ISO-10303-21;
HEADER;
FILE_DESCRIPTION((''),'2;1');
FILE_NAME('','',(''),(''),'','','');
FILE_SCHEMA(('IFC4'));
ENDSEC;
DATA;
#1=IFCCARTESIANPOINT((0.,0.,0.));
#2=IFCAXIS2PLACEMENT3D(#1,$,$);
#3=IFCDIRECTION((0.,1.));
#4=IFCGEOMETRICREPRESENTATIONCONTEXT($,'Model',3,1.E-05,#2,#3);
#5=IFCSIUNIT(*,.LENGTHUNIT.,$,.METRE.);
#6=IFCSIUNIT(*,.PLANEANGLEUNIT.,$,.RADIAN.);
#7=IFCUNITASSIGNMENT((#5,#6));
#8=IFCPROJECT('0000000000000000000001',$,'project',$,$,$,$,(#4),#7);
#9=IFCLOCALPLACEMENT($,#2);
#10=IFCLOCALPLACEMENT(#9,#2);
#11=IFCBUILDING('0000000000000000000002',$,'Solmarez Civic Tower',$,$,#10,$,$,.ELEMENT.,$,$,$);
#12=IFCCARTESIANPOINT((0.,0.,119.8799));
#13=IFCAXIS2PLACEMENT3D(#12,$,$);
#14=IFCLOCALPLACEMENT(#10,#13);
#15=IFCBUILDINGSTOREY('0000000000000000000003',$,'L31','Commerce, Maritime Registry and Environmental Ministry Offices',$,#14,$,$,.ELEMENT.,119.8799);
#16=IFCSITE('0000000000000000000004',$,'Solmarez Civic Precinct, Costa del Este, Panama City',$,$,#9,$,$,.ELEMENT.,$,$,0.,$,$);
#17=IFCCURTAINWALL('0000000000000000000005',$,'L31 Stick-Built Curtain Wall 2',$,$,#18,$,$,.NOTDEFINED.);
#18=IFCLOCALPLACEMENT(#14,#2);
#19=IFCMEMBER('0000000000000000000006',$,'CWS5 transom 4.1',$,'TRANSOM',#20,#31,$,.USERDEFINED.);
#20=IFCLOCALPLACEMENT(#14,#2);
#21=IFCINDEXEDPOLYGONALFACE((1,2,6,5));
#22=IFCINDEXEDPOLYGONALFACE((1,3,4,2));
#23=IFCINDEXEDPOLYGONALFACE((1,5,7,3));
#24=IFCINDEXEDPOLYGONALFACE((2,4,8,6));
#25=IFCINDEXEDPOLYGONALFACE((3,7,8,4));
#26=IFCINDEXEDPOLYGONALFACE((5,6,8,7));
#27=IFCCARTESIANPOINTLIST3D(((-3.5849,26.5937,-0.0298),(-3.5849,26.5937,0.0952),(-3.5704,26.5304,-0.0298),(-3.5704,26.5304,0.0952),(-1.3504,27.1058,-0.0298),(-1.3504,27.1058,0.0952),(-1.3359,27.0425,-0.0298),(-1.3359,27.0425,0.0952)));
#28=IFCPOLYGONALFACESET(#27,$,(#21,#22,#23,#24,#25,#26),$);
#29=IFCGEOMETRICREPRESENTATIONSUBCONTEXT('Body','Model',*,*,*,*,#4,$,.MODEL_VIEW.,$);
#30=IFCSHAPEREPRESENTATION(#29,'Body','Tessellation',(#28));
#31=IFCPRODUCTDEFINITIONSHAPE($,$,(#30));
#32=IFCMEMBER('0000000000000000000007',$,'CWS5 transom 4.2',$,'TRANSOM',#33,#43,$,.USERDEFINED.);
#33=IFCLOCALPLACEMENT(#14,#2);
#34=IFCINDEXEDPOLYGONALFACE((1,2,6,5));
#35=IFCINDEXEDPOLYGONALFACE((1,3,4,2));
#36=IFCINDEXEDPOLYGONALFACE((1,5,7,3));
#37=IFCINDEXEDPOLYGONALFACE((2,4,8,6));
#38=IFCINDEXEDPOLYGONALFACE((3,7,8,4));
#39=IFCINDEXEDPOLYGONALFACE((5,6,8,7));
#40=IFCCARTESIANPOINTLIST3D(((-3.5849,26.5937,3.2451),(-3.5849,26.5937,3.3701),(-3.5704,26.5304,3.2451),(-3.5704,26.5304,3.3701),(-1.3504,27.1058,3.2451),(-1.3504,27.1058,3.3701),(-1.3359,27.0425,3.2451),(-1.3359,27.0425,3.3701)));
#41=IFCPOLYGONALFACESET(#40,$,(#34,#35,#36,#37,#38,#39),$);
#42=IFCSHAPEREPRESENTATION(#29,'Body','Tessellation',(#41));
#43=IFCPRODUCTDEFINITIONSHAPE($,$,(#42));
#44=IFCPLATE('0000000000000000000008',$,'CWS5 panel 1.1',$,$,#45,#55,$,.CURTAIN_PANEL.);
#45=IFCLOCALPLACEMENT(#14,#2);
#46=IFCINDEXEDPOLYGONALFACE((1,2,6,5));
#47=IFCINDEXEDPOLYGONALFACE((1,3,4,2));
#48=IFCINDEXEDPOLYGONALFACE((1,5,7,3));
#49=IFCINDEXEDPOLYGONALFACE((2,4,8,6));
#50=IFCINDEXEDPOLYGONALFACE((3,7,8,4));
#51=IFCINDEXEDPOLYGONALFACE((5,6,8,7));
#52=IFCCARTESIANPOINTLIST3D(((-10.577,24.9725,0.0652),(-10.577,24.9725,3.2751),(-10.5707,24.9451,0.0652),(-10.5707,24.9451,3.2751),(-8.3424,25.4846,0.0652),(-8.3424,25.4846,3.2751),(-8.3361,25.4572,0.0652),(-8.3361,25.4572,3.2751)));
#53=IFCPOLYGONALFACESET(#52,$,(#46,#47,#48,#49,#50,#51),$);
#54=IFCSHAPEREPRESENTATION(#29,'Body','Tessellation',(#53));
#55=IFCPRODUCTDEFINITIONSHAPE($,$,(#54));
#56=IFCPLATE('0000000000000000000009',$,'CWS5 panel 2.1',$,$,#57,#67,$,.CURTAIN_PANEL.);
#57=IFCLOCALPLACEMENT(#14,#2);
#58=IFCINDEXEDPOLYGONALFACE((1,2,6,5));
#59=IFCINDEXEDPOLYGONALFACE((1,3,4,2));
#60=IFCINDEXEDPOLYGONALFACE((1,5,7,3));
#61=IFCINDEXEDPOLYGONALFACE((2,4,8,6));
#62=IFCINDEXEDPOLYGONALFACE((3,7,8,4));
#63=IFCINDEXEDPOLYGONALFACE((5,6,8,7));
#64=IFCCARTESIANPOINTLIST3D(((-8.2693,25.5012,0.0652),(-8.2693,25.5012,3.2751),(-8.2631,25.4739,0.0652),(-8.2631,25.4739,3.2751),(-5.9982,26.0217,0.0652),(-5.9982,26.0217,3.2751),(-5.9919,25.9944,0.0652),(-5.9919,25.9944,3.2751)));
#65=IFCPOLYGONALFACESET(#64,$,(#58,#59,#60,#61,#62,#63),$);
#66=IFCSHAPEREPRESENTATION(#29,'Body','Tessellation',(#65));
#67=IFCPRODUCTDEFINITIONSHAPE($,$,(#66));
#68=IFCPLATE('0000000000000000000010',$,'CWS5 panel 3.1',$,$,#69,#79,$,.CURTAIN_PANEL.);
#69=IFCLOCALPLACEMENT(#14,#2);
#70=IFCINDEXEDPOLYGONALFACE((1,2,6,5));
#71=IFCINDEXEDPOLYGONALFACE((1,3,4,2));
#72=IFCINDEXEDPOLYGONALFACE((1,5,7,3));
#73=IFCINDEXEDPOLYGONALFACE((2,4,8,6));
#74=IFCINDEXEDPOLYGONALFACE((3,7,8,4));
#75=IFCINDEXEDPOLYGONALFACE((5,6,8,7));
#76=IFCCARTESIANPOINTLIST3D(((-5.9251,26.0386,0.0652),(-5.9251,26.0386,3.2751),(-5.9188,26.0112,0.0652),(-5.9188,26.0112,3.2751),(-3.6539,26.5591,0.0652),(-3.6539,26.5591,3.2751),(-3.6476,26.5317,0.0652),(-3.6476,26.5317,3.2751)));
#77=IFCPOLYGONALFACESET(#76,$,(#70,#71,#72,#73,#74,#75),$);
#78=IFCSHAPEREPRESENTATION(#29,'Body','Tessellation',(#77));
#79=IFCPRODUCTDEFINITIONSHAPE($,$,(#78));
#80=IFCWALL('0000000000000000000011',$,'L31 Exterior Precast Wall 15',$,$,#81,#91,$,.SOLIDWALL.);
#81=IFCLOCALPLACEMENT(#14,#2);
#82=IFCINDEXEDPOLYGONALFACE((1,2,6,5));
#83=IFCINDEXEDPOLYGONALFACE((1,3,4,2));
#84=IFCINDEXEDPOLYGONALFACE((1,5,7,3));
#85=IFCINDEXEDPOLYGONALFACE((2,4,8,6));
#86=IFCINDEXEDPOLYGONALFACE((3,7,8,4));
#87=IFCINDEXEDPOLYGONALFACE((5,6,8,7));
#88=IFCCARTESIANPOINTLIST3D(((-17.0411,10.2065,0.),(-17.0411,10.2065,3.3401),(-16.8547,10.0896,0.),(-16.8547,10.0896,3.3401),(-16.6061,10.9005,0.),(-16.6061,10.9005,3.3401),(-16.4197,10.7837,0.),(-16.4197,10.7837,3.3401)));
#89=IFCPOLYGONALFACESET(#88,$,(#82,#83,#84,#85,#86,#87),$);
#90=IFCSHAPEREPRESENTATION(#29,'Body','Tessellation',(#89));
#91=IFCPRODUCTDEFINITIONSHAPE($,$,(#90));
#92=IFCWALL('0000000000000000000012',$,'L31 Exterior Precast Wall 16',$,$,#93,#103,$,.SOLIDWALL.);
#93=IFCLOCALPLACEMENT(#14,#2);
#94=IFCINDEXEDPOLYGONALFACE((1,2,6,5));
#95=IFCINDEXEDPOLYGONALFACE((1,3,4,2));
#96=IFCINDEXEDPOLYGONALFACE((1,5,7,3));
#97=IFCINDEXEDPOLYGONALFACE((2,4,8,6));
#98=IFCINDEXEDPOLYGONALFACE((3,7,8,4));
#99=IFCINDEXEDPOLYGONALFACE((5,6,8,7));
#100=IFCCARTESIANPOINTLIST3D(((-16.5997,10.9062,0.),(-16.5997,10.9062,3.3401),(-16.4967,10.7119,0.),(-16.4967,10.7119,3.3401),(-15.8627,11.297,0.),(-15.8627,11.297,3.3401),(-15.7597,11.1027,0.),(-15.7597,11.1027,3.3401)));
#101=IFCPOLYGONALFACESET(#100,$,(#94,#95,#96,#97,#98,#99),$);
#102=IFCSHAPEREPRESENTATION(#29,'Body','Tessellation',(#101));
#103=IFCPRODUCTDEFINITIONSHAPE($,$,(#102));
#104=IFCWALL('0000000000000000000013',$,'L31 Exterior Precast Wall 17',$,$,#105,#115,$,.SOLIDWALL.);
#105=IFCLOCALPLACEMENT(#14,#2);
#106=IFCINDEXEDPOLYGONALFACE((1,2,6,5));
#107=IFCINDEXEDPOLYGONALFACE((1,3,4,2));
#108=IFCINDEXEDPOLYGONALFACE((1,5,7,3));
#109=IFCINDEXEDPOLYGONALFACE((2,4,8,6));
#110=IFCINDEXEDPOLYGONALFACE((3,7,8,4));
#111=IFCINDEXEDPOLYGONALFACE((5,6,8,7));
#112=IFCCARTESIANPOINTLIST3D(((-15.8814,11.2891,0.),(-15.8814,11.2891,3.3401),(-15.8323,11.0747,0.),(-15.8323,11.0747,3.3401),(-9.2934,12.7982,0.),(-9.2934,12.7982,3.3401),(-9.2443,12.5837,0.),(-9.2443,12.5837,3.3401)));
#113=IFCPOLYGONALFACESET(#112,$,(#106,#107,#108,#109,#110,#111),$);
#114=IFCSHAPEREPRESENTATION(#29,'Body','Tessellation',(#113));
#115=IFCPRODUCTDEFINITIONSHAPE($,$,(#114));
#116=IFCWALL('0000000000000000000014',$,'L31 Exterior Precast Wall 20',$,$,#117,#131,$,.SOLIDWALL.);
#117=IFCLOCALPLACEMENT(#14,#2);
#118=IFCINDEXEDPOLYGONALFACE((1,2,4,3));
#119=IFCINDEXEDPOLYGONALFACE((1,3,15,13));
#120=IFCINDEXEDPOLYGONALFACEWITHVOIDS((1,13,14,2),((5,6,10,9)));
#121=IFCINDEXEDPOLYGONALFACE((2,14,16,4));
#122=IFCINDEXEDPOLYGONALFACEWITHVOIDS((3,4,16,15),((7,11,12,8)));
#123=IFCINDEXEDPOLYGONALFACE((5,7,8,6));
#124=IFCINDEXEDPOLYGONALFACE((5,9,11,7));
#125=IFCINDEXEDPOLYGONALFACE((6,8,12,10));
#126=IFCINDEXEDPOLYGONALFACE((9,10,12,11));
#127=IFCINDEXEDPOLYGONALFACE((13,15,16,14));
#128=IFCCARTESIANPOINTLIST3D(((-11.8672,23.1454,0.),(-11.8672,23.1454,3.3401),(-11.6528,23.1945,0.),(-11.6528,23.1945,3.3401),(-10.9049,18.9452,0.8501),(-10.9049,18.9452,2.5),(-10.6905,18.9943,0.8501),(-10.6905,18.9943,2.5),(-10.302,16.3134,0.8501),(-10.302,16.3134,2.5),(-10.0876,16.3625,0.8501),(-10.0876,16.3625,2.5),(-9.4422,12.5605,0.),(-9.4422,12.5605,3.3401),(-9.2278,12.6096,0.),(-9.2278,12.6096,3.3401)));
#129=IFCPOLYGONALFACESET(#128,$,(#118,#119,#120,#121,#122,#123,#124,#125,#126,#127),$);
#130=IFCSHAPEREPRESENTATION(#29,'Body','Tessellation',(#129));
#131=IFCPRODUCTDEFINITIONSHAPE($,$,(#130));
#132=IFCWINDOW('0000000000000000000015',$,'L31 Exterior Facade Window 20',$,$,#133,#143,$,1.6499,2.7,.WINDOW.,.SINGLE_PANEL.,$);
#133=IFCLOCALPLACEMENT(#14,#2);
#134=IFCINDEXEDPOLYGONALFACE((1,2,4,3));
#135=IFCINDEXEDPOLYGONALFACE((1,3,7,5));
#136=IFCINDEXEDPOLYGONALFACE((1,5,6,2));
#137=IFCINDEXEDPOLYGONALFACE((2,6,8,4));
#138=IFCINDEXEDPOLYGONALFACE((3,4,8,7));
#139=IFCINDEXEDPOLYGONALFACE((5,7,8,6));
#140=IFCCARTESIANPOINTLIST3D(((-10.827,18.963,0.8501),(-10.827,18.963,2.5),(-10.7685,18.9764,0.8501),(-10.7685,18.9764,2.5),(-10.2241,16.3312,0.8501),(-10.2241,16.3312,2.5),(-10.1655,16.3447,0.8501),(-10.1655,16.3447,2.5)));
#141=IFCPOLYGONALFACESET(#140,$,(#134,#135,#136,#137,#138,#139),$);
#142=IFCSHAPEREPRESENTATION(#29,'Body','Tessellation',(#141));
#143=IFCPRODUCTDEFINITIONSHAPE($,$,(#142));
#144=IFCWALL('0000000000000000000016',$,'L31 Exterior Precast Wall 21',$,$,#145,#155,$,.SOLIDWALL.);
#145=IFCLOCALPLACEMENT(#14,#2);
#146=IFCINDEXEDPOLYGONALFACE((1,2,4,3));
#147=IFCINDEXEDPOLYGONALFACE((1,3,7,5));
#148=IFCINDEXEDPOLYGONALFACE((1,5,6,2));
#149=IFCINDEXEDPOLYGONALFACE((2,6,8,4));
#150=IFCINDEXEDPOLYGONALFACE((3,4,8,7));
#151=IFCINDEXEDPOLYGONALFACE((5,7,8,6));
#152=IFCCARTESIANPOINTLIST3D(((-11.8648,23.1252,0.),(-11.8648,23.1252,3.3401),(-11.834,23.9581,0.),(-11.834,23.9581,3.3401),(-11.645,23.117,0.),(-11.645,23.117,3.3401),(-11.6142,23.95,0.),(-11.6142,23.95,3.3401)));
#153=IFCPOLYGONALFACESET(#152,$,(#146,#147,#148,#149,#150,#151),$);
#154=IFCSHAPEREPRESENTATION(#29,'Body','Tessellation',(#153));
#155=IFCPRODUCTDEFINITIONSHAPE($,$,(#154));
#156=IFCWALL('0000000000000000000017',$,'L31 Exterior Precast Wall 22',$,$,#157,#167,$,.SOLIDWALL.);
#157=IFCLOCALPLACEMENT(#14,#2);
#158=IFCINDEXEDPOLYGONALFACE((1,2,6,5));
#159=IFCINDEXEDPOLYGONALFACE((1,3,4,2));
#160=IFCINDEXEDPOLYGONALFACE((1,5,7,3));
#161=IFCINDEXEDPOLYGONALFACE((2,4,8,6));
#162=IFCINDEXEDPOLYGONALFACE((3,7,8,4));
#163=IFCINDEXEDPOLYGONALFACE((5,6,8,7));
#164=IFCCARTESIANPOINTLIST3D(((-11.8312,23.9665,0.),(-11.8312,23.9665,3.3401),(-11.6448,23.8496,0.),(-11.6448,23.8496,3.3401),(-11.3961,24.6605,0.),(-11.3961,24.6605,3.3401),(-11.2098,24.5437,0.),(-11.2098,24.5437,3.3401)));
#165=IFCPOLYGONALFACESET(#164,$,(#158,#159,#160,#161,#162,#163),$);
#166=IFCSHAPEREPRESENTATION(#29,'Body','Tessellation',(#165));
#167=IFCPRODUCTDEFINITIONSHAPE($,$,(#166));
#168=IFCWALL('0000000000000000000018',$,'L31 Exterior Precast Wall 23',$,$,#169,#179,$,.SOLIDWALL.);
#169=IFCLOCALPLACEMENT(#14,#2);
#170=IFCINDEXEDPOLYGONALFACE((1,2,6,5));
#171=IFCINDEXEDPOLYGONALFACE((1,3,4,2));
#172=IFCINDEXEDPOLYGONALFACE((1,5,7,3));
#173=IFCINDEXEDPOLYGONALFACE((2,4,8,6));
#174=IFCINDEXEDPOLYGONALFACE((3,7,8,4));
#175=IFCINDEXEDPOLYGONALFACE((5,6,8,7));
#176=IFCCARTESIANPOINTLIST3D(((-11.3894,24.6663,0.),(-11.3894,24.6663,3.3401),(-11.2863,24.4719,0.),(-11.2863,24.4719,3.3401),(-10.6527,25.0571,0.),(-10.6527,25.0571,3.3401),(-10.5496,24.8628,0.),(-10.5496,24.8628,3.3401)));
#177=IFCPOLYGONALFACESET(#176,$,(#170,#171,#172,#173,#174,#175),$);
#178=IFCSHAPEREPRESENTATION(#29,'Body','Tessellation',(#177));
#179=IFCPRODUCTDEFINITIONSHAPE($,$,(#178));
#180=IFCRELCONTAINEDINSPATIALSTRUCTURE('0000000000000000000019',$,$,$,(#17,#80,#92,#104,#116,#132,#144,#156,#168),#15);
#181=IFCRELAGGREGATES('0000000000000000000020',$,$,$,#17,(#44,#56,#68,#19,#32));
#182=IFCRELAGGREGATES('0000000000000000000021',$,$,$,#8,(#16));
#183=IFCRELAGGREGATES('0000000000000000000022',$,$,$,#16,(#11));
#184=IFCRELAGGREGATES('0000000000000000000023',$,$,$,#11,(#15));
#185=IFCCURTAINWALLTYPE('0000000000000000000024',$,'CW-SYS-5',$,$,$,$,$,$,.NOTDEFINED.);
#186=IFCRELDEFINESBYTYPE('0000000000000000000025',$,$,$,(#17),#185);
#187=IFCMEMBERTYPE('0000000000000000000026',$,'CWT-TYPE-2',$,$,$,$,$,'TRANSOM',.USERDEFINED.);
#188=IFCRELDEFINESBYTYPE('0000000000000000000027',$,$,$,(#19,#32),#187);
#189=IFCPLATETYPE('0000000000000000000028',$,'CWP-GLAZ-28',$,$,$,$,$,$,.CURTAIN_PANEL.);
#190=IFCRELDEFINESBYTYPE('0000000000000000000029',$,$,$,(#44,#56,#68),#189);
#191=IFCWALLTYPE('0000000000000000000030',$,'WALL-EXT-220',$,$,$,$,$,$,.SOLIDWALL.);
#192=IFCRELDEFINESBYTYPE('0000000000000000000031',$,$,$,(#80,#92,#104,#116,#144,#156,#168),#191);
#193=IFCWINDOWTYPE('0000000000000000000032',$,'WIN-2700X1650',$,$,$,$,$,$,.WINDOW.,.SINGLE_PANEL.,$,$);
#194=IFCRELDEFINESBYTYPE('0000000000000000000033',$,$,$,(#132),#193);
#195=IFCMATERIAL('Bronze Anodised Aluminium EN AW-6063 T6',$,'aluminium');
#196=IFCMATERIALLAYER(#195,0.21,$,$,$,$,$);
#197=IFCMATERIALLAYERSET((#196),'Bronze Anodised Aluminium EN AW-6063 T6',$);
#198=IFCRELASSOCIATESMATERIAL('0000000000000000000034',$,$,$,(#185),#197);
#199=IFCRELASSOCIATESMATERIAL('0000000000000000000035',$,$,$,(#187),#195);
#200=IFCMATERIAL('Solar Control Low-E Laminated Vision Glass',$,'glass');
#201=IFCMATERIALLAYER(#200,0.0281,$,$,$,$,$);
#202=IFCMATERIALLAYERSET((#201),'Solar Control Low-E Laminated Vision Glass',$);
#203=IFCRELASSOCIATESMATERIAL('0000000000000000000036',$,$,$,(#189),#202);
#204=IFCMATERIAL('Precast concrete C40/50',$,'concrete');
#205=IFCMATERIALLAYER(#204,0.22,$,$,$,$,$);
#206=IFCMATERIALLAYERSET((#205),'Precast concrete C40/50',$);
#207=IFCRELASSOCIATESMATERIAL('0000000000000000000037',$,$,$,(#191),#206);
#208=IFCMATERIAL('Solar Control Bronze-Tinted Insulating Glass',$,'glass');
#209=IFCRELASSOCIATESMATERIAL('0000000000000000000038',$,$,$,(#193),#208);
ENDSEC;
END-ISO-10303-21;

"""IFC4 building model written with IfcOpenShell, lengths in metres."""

from ifc_helpers import new_model, si_unit, direction, frame, frame_2d, origin, origin_2d, place, context, subcontext, project, spatial, rectangle, extrude, material, layer, layer_set, material_profile, profile_set, type_object, element, fill, aggregate, save


model = new_model("IFC4")

# Units and contexts
model_context = context("Model", 3, precision=1e-05, world=origin(), true_north=direction((0.0, 1.0)))
body_context = subcontext(model_context, "Body", "Model", "MODEL_VIEW")
ifc_project = project(units=[si_unit("LENGTHUNIT", "METRE"), si_unit("PLANEANGLEUNIT", "RADIAN")], contexts=[model_context])

# Site, building, storey
site_placement = place(None, origin())
site = spatial("IfcSite", under=ifc_project, at=site_placement, Name="Solmarez Civic Precinct, Costa del Este, Panama City", CompositionType="ELEMENT", RefElevation=0.0)
building_placement = place(site_placement, origin())
building = spatial("IfcBuilding", under=site, at=building_placement, Name="Solmarez Civic Tower", CompositionType="ELEMENT")
storey_placement = place(building_placement, frame((0.0, 0.0, 119.8799)))
storey = spatial("IfcBuildingStorey", under=building, at=storey_placement, Name="L31", Description="Commerce, Maritime Registry and Environmental Ministry Offices", CompositionType="ELEMENT", Elevation=119.8799)

# Curtain wall, members, plates
ifc_material_1 = material(Name="Bronze Anodised Aluminium EN AW-6063 T6", Category="aluminium")
ifc_layer_1 = layer(ifc_material_1, 0.21)
ifc_layer_set_1 = layer_set([ifc_layer_1], Name="Bronze Anodised Aluminium EN AW-6063 T6")
curtain_wall_type = type_object("IfcCurtainWallType", Name="CW-SYS-5", PredefinedType="NOTDEFINED", material=ifc_layer_set_1)
curtain_wall_placement = place(storey_placement, origin())
curtain_wall = element("IfcCurtainWall", 1, at=curtain_wall_placement, inside=storey, type_object=curtain_wall_type, Name="L31 Stick-Built Curtain Wall 2", PredefinedType="NOTDEFINED")
ifc_material_profile_1 = material_profile(ifc_material_1, rectangle(XDim=0.0649, YDim=0.125, at=origin_2d()), Name="CWT-65X125")
ifc_profile_set_1 = profile_set([ifc_material_profile_1], Name="Bronze Anodised Aluminium EN AW-6063 T6")
member_type_1 = type_object("IfcMemberType", Name="CWT-TYPE-2", ElementType="TRANSOM", PredefinedType="USERDEFINED", material=ifc_profile_set_1)
member_1_placement = place(storey_placement, frame((-3.5776, 26.562, 0.0327), z_axis=(0.974722, 0.22342, 0.0), x_axis=(-0.22342, 0.974722, 0.0)))
member_1 = element("IfcMember", 2, at=member_1_placement, type_object=member_type_1, Name="CWS5 transom 4.1", ObjectType="TRANSOM", PredefinedType="USERDEFINED", context=body_context, shape_type="SweptSolid", body=[
    extrude(rectangle(XDim=0.0649, YDim=0.125, at=origin_2d()), origin(), (0.0, 0.0, 1.0), 2.2925),
])
member_2_placement = place(storey_placement, frame((-3.5776, 26.562, 3.3076), z_axis=(0.974722, 0.22342, 0.0), x_axis=(-0.22342, 0.974722, 0.0)))
member_2 = element("IfcMember", 3, at=member_2_placement, type_object=member_type_1, Name="CWS5 transom 4.2", ObjectType="TRANSOM", PredefinedType="USERDEFINED", context=body_context, shape_type="SweptSolid", body=[
    extrude(rectangle(XDim=0.0649, YDim=0.125, at=origin_2d()), origin(), (0.0, 0.0, 1.0), 2.2925),
])
ifc_material_2 = material(Name="Solar Control Low-E Laminated Vision Glass", Category="glass")
ifc_layer_2 = layer(ifc_material_2, 0.0281)
ifc_layer_set_2 = layer_set([ifc_layer_2], Name="Solar Control Low-E Laminated Vision Glass")
plate_type = type_object("IfcPlateType", Name="CWP-GLAZ-28", PredefinedType="CURTAIN_PANEL", material=ifc_layer_set_2)
plate_1_placement = place(storey_placement, frame((-9.4565, 25.2148, 0.0652), z_axis=(0.0, 0.0, 1.0), x_axis=(0.97473, 0.223386, 0.0)))
plate_1 = element("IfcPlate", 4, at=plate_1_placement, type_object=plate_type, Name="CWS5 panel 1.1", PredefinedType="CURTAIN_PANEL", context=body_context, shape_type="SweptSolid", body=[
    extrude(rectangle(XDim=2.2925, YDim=0.0281, at=origin_2d()), origin(), (0.0, 0.0, 1.0), 3.21),
])
plate_2_placement = place(storey_placement, frame((-7.1306, 25.7478, 0.0652), z_axis=(0.0, 0.0, 1.0), x_axis=(0.97473, 0.223386, 0.0)))
plate_2 = element("IfcPlate", 5, at=plate_2_placement, type_object=plate_type, Name="CWS5 panel 2.1", PredefinedType="CURTAIN_PANEL", context=body_context, shape_type="SweptSolid", body=[
    extrude(rectangle(XDim=2.3301, YDim=0.0281, at=origin_2d()), origin(), (0.0, 0.0, 1.0), 3.21),
])
plate_3_placement = place(storey_placement, frame((-4.7864, 26.2852, 0.0652), z_axis=(0.0, 0.0, 1.0), x_axis=(0.97473, 0.223386, 0.0)))
plate_3 = element("IfcPlate", 6, at=plate_3_placement, type_object=plate_type, Name="CWS5 panel 3.1", PredefinedType="CURTAIN_PANEL", context=body_context, shape_type="SweptSolid", body=[
    extrude(rectangle(XDim=2.3301, YDim=0.0281, at=origin_2d()), origin(), (0.0, 0.0, 1.0), 3.21),
])
aggregate(curtain_wall, [plate_1, plate_2, plate_3, member_1, member_2])

# Walls
ifc_material_3 = material(Name="Precast concrete C40/50", Category="concrete")
ifc_layer_3 = layer(ifc_material_3, 0.22)
ifc_layer_set_3 = layer_set([ifc_layer_3], Name="Precast concrete C40/50")
wall_type_1 = type_object("IfcWallType", Name="WALL-EXT-220", PredefinedType="SOLIDWALL", material=ifc_layer_set_3)
wall_1_placement = place(storey_placement, frame((-16.948, 10.1479, 0.0), z_axis=(0.0, 0.0, 1.0), x_axis=(0.531097, 0.847311, 0.0)))
element("IfcWall", 7, at=wall_1_placement, inside=storey, type_object=wall_type_1, Name="L31 Exterior Precast Wall 15", PredefinedType="SOLIDWALL", context=body_context, shape_type="SweptSolid", body=[
    extrude(rectangle(XDim=0.8191, YDim=0.22, at=frame_2d((0.4097, 0.0))), origin(), (0.0, 0.0, 1.0), 3.3401),
])
wall_2_placement = place(storey_placement, frame((-16.5481, 10.8091, 0.0), z_axis=(0.0, 0.0, 1.0), x_axis=(0.88346, 0.468506, 0.0)))
element("IfcWall", 8, at=wall_2_placement, inside=storey, type_object=wall_type_1, Name="L31 Exterior Precast Wall 16", PredefinedType="SOLIDWALL", context=body_context, shape_type="SweptSolid", body=[
    extrude(rectangle(XDim=0.8342, YDim=0.22, at=frame_2d((0.417, 0.0))), origin(), (0.0, 0.0, 1.0), 3.3401),
])
wall_3_placement = place(storey_placement, frame((-15.8569, 11.1819, 0.0), z_axis=(0.0, 0.0, 1.0), x_axis=(0.974755, 0.223279, 0.0)))
element("IfcWall", 9, at=wall_3_placement, inside=storey, type_object=wall_type_1, Name="L31 Exterior Precast Wall 17", PredefinedType="SOLIDWALL", context=body_context, shape_type="SweptSolid", body=[
    extrude(rectangle(XDim=6.7585, YDim=0.22, at=frame_2d((3.3794, 0.0))), origin(), (0.0, 0.0, 1.0), 3.3401),
])

# Wall, opening, window
wall_4_placement = place(storey_placement, frame((-9.335, 12.585, 0.0), z_axis=(0.0, 0.0, 1.0), x_axis=(-0.223317, 0.974746, 0.0)))
wall_4 = element("IfcWall", 10, at=wall_4_placement, inside=storey, type_object=wall_type_1, Name="L31 Exterior Precast Wall 20", PredefinedType="SOLIDWALL", context=body_context, shape_type="SweptSolid", body=[
    extrude(rectangle(XDim=10.8591, YDim=0.22, at=frame_2d((5.4297, 0.0))), origin(), (0.0, 0.0, 1.0), 3.3401),
])
opening_1_placement = place(wall_4_placement, frame((3.8501, 0.0, 0.8501)))
opening_1 = element("IfcOpeningElement", 11, at=opening_1_placement, cuts=wall_4, PredefinedType="OPENING", context=body_context, shape_type="SweptSolid", body=[
    extrude(rectangle(XDim=2.7, YDim=1.6499, at=frame_2d((1.3501, 0.825))), frame((0.0, 0.1199, 0.0), z_axis=(0.0, -1.0, 0.0), x_axis=(1.0, 0.0, 0.0)), (0.0, 0.0, 1.0), 0.24),
])
ifc_material_4 = material(Name="Solar Control Bronze-Tinted Insulating Glass", Category="glass")
window_type = type_object("IfcWindowType", Name="WIN-2700X1650", PartitioningType="SINGLE_PANEL", PredefinedType="WINDOW", material=ifc_material_4)
window_placement = place(opening_1_placement, origin())
window = element("IfcWindow", 12, at=window_placement, inside=storey, type_object=window_type, Name="L31 Exterior Facade Window 20", OverallHeight=1.6499, OverallWidth=2.7, PartitioningType="SINGLE_PANEL", PredefinedType="WINDOW", context=body_context, shape_type="SweptSolid", body=[
    extrude(rectangle(XDim=2.7, YDim=1.6499, at=frame_2d((1.3501, 0.825))), frame((0.0, 0.03, 0.0), z_axis=(0.0, -1.0, 0.0), x_axis=(1.0, 0.0, 0.0)), (0.0, 0.0, 1.0), 0.0601),
])
fill(opening_1, window)

# Walls
wall_5_placement = place(storey_placement, frame((-11.7549, 23.1211, 0.0), z_axis=(0.0, 0.0, 1.0), x_axis=(0.036903, 0.999319, 0.0)))
element("IfcWall", 13, at=wall_5_placement, inside=storey, type_object=wall_type_1, Name="L31 Exterior Precast Wall 21", PredefinedType="SOLIDWALL", context=body_context, shape_type="SweptSolid", body=[
    extrude(rectangle(XDim=0.8335, YDim=0.22, at=frame_2d((0.4167, 0.0))), origin(), (0.0, 0.0, 1.0), 3.3401),
])
wall_6_placement = place(storey_placement, frame((-11.738, 23.908, 0.0), z_axis=(0.0, 0.0, 1.0), x_axis=(0.531097, 0.847311, 0.0)))
element("IfcWall", 14, at=wall_6_placement, inside=storey, type_object=wall_type_1, Name="L31 Exterior Precast Wall 22", PredefinedType="SOLIDWALL", context=body_context, shape_type="SweptSolid", body=[
    extrude(rectangle(XDim=0.8191, YDim=0.22, at=frame_2d((0.4097, 0.0))), origin(), (0.0, 0.0, 1.0), 3.3401),
])
wall_7_placement = place(storey_placement, frame((-11.3379, 24.5691, 0.0), z_axis=(0.0, 0.0, 1.0), x_axis=(0.883396, 0.468627, 0.0)))
element("IfcWall", 15, at=wall_7_placement, inside=storey, type_object=wall_type_1, Name="L31 Exterior Precast Wall 23", PredefinedType="SOLIDWALL", context=body_context, shape_type="SweptSolid", body=[
    extrude(rectangle(XDim=0.834, YDim=0.22, at=frame_2d((0.417, 0.0))), origin(), (0.0, 0.0, 1.0), 3.3401),
])

save(model, "model.ifc")
